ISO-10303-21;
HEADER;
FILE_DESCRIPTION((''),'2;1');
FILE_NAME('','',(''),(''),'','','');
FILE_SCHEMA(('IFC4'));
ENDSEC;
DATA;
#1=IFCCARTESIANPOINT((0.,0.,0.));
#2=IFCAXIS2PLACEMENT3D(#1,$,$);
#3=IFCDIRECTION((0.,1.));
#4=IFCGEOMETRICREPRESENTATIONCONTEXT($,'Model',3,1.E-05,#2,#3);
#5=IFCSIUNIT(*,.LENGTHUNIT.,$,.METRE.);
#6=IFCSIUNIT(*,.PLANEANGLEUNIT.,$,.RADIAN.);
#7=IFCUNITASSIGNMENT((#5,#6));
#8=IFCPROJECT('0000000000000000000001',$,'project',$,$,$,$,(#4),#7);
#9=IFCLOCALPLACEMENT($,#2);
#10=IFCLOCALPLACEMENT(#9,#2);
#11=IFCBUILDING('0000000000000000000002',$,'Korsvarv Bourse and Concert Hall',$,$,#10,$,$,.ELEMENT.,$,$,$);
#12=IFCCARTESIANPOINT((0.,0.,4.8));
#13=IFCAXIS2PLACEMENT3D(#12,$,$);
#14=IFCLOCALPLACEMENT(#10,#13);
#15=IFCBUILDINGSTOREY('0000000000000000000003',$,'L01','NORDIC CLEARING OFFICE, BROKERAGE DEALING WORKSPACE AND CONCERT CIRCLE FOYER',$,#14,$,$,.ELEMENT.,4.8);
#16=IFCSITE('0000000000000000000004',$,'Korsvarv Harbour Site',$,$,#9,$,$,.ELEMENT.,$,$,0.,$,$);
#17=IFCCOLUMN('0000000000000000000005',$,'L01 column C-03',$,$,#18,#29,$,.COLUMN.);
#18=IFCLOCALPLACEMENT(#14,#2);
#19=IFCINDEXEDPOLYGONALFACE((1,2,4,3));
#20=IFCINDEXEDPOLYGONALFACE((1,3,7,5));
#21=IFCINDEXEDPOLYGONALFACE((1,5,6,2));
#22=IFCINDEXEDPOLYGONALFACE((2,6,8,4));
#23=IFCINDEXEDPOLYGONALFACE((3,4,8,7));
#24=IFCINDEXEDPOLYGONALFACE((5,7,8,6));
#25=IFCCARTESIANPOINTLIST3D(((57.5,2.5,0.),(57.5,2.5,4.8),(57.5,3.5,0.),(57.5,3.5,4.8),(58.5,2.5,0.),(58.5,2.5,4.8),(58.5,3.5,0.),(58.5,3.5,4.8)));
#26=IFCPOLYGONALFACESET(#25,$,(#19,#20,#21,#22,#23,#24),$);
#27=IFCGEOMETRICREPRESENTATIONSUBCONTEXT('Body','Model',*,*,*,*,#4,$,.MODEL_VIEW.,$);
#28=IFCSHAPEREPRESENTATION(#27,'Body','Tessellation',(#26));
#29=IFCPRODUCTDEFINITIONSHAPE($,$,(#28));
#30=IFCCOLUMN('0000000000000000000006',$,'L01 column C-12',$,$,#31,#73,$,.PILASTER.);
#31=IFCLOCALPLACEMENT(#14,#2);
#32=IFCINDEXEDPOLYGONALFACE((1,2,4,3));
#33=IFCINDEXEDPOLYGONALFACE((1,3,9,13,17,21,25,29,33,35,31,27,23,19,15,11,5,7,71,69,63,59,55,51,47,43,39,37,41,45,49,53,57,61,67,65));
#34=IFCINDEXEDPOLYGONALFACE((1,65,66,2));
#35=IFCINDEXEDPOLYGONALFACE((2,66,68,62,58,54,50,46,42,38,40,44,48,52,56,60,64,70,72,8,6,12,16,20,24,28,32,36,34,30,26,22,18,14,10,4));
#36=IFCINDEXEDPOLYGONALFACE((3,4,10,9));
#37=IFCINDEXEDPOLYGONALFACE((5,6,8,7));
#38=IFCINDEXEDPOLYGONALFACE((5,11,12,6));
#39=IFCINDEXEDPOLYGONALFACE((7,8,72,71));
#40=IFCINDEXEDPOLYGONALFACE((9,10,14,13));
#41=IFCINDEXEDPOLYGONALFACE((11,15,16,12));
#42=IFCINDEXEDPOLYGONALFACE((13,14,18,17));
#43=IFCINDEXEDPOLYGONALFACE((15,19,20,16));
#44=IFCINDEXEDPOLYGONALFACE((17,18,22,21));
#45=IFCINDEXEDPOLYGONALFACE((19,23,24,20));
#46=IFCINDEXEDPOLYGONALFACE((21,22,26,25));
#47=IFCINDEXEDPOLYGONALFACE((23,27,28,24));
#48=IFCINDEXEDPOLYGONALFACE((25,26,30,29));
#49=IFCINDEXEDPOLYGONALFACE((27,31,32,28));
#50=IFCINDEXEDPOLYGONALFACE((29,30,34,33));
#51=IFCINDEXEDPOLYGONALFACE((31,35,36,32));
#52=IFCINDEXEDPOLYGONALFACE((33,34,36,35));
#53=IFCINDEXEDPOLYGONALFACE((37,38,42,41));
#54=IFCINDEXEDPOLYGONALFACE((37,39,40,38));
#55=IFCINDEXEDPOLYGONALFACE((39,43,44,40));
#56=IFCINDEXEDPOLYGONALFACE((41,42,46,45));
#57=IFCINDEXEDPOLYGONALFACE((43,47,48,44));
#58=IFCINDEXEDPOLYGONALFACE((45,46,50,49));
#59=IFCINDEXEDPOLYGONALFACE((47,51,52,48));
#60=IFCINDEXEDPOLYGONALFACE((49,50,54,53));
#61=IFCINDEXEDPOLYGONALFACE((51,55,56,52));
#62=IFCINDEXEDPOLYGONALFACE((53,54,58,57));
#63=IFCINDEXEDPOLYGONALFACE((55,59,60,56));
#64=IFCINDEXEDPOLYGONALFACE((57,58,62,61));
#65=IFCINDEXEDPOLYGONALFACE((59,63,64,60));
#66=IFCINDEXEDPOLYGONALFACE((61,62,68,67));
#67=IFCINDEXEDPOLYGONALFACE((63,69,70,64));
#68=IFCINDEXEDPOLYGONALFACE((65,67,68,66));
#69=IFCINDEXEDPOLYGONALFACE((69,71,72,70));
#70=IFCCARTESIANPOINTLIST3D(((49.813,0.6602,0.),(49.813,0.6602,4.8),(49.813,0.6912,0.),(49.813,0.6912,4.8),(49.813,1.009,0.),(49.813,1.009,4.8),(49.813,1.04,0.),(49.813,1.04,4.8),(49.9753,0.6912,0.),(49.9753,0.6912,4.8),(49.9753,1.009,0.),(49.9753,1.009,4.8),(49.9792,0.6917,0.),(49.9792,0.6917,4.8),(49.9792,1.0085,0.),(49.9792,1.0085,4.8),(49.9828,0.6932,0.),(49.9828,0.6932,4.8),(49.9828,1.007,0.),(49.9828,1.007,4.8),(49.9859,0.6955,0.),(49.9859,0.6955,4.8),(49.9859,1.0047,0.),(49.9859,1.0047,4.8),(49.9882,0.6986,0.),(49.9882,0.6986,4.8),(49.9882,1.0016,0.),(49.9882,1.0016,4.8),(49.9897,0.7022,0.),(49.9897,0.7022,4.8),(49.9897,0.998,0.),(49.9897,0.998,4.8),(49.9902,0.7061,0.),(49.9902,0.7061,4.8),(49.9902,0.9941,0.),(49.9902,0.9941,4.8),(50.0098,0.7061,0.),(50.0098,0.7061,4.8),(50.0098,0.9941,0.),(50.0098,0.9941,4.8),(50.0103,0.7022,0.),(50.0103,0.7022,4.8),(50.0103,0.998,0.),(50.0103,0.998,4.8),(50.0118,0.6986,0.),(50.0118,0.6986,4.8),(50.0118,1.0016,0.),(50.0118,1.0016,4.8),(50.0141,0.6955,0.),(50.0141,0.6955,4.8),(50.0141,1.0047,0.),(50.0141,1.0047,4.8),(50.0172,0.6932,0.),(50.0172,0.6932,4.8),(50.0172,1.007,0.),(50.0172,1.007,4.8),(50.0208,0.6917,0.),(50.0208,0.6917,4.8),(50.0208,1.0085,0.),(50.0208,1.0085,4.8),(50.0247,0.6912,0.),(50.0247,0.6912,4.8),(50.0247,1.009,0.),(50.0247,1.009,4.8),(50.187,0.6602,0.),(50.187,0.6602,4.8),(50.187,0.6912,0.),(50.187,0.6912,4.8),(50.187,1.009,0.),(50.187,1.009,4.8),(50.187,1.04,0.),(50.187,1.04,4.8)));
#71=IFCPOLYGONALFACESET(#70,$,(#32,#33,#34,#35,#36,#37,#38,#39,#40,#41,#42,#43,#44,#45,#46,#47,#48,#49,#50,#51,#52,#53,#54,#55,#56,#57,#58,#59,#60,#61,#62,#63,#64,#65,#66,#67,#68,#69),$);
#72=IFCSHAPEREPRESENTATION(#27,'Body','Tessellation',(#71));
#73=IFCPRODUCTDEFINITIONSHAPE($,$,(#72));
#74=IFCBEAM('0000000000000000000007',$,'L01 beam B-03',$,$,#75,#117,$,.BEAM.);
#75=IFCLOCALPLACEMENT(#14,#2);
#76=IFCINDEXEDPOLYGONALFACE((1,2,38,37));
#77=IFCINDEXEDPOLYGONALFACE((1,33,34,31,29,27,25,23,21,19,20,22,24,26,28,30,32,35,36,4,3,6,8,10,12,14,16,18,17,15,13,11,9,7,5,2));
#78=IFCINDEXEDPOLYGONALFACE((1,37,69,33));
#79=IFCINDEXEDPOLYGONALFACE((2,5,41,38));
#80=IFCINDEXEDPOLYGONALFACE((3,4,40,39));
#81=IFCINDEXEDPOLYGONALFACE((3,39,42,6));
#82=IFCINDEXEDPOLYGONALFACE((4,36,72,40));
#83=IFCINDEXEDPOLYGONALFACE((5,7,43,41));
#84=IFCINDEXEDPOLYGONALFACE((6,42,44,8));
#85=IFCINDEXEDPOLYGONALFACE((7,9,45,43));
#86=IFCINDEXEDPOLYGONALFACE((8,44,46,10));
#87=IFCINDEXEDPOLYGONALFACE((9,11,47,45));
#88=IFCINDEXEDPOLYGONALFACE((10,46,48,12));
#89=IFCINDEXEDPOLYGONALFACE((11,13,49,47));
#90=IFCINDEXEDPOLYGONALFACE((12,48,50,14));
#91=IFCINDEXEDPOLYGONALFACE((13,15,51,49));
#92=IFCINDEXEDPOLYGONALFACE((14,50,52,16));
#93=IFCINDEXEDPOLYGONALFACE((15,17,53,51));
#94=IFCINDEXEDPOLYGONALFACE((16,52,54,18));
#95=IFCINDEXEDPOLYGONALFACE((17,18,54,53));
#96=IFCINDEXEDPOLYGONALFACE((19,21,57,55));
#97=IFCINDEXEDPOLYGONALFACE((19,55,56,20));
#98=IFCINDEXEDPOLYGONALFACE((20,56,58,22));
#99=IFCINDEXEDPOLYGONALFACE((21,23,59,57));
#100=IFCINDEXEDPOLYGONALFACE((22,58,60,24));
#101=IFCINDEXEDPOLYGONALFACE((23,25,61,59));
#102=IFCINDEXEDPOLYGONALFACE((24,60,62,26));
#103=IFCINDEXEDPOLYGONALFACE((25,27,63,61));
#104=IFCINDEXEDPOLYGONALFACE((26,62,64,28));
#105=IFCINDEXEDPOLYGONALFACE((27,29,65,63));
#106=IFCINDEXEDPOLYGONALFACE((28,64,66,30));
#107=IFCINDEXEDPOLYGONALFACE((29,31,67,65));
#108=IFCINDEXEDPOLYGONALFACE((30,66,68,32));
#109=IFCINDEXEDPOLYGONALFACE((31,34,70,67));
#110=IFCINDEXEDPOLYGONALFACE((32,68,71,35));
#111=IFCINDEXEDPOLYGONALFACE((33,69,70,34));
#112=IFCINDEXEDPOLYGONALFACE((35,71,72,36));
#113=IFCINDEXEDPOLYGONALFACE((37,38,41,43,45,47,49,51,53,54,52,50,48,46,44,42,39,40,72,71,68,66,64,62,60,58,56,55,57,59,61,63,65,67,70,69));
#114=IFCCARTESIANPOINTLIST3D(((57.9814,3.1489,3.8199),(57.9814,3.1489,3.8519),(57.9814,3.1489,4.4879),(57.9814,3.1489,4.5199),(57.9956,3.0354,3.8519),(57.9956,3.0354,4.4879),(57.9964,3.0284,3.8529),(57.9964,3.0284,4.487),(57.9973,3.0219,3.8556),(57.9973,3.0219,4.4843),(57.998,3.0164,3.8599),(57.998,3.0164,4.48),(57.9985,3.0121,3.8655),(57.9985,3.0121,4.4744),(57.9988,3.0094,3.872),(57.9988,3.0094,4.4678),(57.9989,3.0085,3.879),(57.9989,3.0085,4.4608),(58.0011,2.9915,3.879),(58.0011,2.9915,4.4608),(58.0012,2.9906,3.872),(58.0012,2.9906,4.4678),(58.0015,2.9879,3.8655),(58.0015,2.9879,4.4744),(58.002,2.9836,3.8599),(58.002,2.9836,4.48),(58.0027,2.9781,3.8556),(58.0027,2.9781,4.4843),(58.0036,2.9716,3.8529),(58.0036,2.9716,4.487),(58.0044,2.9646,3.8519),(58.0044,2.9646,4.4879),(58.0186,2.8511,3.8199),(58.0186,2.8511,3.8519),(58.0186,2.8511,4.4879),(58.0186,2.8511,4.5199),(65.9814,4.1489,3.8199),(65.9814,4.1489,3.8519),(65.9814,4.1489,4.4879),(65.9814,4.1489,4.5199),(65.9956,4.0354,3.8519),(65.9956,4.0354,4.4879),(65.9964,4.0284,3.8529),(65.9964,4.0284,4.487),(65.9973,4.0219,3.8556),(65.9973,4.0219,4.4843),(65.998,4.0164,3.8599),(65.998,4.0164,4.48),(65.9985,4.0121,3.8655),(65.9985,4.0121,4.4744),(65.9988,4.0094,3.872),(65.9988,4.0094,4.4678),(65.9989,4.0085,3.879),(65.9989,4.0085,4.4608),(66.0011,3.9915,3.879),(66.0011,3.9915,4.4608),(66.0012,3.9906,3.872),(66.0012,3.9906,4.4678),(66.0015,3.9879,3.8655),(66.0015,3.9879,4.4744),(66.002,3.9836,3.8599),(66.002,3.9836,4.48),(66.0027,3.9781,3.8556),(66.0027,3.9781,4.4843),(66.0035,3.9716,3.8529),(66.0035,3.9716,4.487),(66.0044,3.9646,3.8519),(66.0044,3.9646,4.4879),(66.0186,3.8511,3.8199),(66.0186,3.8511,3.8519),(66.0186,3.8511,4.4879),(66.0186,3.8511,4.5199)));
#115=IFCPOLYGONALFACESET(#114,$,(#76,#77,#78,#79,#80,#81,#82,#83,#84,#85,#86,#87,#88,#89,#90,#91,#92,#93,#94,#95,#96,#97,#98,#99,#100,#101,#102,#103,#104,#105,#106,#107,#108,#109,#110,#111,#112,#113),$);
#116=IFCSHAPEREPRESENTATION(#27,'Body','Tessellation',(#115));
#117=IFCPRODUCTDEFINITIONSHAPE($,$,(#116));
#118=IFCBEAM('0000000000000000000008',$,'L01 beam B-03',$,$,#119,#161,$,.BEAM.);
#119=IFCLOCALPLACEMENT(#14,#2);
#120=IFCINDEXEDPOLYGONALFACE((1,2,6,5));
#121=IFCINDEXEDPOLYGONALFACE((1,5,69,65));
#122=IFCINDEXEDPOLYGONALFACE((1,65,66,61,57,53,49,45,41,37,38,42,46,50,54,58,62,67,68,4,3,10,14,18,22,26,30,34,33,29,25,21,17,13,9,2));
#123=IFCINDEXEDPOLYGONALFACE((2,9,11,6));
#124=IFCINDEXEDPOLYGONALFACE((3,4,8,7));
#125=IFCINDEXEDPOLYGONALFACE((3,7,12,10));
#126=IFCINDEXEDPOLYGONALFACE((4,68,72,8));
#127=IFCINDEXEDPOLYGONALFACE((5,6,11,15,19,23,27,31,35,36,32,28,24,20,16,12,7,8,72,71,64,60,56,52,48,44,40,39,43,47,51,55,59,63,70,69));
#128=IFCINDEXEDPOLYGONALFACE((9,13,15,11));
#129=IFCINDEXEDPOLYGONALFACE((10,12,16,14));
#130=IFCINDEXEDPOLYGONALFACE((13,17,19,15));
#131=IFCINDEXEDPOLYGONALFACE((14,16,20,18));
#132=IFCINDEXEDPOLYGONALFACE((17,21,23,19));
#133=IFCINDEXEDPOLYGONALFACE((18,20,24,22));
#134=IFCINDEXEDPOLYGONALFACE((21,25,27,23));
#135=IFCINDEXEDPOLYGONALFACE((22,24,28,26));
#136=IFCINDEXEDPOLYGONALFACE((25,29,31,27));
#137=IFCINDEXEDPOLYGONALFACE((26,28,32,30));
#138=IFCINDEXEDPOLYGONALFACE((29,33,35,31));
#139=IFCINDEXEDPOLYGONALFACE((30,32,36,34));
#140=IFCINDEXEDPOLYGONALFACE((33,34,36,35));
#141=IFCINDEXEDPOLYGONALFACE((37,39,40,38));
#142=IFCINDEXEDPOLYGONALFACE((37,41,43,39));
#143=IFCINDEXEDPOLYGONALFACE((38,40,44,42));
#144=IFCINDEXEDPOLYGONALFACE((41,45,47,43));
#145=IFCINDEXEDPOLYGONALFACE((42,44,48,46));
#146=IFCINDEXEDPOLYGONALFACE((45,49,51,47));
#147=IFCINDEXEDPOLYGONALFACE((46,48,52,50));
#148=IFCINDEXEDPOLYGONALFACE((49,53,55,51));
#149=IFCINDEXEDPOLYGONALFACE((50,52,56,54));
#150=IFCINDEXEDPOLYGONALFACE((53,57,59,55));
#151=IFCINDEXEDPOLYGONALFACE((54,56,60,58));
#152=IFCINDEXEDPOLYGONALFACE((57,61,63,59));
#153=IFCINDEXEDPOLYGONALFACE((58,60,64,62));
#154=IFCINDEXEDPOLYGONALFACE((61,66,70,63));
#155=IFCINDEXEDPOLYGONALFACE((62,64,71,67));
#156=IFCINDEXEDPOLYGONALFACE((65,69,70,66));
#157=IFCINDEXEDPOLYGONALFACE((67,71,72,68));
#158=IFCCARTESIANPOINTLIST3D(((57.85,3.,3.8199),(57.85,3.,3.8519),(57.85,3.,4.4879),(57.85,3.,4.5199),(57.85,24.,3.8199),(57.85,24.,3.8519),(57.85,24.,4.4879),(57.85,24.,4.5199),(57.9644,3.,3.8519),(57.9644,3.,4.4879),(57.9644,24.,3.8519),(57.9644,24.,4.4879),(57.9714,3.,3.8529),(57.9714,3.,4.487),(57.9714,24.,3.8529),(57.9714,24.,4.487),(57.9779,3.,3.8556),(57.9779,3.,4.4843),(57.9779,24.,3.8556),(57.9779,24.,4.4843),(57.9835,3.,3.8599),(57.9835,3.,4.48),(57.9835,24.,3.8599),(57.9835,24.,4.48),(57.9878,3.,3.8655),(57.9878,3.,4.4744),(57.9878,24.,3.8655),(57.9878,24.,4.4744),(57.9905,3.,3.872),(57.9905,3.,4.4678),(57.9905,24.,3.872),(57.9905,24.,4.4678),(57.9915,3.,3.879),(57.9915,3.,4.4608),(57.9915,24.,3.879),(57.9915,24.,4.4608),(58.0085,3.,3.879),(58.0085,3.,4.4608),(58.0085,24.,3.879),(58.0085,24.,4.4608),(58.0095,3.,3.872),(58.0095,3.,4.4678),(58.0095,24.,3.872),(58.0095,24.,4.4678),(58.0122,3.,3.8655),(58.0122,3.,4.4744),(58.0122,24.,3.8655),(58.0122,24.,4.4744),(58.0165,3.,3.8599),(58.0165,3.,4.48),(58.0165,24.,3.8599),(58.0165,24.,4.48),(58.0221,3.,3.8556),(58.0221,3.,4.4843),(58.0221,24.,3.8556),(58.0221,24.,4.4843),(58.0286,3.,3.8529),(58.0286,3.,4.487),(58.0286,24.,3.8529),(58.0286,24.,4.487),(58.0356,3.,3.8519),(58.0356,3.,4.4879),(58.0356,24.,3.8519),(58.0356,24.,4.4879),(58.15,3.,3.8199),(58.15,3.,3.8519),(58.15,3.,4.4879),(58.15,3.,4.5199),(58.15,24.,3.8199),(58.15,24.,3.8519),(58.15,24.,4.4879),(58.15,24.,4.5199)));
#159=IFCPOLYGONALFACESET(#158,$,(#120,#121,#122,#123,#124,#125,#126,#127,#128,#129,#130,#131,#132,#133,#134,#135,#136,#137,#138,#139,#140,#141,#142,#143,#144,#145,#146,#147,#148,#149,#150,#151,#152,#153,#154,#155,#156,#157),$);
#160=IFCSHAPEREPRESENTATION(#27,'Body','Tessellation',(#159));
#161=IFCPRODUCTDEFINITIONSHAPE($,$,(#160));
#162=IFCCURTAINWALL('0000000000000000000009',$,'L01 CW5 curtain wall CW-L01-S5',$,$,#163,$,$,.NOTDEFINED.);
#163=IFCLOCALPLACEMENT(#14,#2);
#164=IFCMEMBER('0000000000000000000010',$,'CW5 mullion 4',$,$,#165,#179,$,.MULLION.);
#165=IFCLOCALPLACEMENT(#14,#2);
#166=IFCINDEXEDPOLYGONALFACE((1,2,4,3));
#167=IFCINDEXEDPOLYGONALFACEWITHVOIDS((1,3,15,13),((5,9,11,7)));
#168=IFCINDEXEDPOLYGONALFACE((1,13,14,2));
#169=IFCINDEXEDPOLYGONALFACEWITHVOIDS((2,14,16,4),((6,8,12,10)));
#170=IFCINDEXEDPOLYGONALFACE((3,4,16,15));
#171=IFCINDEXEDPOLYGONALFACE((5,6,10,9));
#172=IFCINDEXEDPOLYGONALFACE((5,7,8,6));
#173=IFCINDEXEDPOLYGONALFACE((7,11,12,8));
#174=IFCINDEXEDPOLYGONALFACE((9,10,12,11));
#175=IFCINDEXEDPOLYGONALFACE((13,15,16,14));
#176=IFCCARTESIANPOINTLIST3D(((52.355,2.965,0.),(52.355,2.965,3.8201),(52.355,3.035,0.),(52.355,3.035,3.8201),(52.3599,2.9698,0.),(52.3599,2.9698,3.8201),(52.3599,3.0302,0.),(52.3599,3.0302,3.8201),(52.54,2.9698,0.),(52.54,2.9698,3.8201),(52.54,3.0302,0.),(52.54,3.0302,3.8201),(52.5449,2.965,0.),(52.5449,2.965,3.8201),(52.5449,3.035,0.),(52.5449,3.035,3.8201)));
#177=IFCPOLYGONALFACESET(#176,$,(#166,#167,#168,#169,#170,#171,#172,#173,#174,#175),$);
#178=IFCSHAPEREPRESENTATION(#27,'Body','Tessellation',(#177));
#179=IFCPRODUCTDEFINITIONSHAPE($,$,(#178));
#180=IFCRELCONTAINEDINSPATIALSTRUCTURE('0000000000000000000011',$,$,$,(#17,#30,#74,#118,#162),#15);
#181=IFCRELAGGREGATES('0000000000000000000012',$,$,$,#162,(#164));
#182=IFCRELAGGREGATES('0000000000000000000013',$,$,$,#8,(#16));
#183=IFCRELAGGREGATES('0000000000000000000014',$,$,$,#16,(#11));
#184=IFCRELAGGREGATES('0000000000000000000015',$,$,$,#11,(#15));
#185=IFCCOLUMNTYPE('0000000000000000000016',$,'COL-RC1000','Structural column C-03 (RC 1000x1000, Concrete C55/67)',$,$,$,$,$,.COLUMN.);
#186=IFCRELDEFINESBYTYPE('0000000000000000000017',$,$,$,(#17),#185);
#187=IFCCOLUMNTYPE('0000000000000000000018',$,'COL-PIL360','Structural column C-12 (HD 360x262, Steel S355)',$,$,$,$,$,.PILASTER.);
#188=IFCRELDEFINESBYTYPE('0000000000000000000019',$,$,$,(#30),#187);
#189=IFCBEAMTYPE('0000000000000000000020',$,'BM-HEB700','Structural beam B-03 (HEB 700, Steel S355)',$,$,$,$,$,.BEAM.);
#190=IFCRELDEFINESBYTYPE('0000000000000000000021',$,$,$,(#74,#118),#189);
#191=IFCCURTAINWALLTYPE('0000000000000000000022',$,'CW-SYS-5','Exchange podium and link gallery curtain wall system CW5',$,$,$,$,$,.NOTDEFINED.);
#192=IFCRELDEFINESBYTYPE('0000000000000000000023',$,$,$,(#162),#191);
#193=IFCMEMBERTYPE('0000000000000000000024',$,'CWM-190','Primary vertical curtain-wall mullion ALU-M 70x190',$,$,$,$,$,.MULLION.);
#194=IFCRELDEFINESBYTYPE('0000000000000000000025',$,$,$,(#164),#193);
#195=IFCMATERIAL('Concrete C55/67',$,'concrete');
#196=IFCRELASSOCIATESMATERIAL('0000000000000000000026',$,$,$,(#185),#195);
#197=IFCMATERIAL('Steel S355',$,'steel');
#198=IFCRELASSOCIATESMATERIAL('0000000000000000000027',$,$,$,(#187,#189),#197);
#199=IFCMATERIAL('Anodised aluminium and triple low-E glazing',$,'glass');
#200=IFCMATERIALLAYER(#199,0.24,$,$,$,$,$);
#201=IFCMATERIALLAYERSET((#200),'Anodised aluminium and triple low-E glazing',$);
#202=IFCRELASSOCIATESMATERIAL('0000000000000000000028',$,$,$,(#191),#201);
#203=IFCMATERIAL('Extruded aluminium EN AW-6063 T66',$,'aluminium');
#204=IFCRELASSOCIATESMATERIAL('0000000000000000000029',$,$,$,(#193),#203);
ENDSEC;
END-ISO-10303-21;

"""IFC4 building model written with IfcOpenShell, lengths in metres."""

from ifc_helpers import new_model, si_unit, direction, frame, origin, origin_2d, place, context, subcontext, project, spatial, rectangle, hollow_rectangle, i_section, extrude, source, transform, mapped, material, layer, layer_set, material_profile, profile_set, type_object, element, aggregate, save


model = new_model("IFC4")

# Units and contexts
model_context = context("Model", 3, precision=1e-05, world=origin(), true_north=direction((0.0, 1.0)))
body_context = subcontext(model_context, "Body", "Model", "MODEL_VIEW")
ifc_project = project(units=[si_unit("LENGTHUNIT", "METRE"), si_unit("PLANEANGLEUNIT", "RADIAN")], contexts=[model_context])

# Site, building, storey
site_placement = place(None, origin())
site = spatial("IfcSite", under=ifc_project, at=site_placement, Name="Korsvarv Harbour Site", CompositionType="ELEMENT", RefElevation=0.0)
building_placement = place(site_placement, origin())
building = spatial("IfcBuilding", under=site, at=building_placement, Name="Korsvarv Bourse and Concert Hall", CompositionType="ELEMENT")
storey_placement = place(building_placement, frame((0.0, 0.0, 4.8)))
storey = spatial("IfcBuildingStorey", under=building, at=storey_placement, Name="L01", Description="NORDIC CLEARING OFFICE, BROKERAGE DEALING WORKSPACE AND CONCERT CIRCLE FOYER", CompositionType="ELEMENT", Elevation=4.8)

# Columns
ifc_material_1 = material(Name="Concrete C55/67", Category="concrete")
ifc_material_profile_1 = material_profile(ifc_material_1, rectangle(XDim=1.0, YDim=1.0, at=origin_2d()), Name="RC 1000x1000")
ifc_profile_set_1 = profile_set([ifc_material_profile_1], Name="Concrete C55/67")
column_type_1 = type_object("IfcColumnType", Name="COL-RC1000", Description="Structural column C-03 (RC 1000x1000, Concrete C55/67)", PredefinedType="COLUMN", material=ifc_profile_set_1)
shared_shape_1 = source(origin(), body_context, "Body", "SweptSolid", [
    extrude(rectangle(XDim=1.0, YDim=1.0, at=origin_2d()), origin(), (0.0, 0.0, 1.0), 4.8),
])
column_1_placement = place(storey_placement, frame((58.0, 3.0, 0.0), z_axis=(0.0, 0.0, 1.0), x_axis=(1.0, 0.0, 0.0)))
element("IfcColumn", 1, at=column_1_placement, inside=storey, type_object=column_type_1, Name="L01 column C-03", PredefinedType="COLUMN", context=body_context, shape_type="MappedRepresentation", body=[
    mapped(shared_shape_1, transform((0.0, 0.0, 0.0), scale=1.0)),
])
ifc_material_2 = material(Name="Steel S355", Category="steel")
ifc_material_profile_2 = material_profile(ifc_material_2, i_section(OverallWidth=0.374, OverallDepth=0.3799, WebThickness=0.0195, FlangeThickness=0.031, FilletRadius=0.0149, at=origin_2d()), Name="HD 360x262")
ifc_profile_set_2 = profile_set([ifc_material_profile_2], Name="Steel S355")
column_type_2 = type_object("IfcColumnType", Name="COL-PIL360", Description="Structural column C-12 (HD 360x262, Steel S355)", PredefinedType="PILASTER", material=ifc_profile_set_2)
shared_shape_2 = source(origin(), body_context, "Body", "SweptSolid", [
    extrude(i_section(OverallWidth=0.374, OverallDepth=0.3799, WebThickness=0.0195, FlangeThickness=0.031, FilletRadius=0.0149, at=origin_2d()), origin(), (0.0, 0.0, 1.0), 4.8),
])
column_2_placement = place(storey_placement, frame((50.0, 0.8501, 0.0), z_axis=(0.0, 0.0, 1.0), x_axis=(1.0, 0.0, 0.0)))
element("IfcColumn", 2, at=column_2_placement, inside=storey, type_object=column_type_2, Name="L01 column C-12", PredefinedType="PILASTER", context=body_context, shape_type="MappedRepresentation", body=[
    mapped(shared_shape_2, transform((0.0, 0.0, 0.0), scale=1.0)),
])

# Beams
ifc_material_profile_3 = material_profile(ifc_material_2, i_section(OverallWidth=0.3, OverallDepth=0.7, WebThickness=0.0171, FlangeThickness=0.032, FilletRadius=0.0271, at=origin_2d()), Name="HEB 700")
ifc_profile_set_3 = profile_set([ifc_material_profile_3], Name="Steel S355")
beam_type = type_object("IfcBeamType", Name="BM-HEB700", Description="Structural beam B-03 (HEB 700, Steel S355)", PredefinedType="BEAM", material=ifc_profile_set_3)
shared_shape_3 = source(origin(), body_context, "Body", "SweptSolid", [
    extrude(i_section(OverallWidth=0.3, OverallDepth=0.7, WebThickness=0.0171, FlangeThickness=0.032, FilletRadius=0.0271, at=origin_2d()), origin(), (0.0, 0.0, 1.0), 8.0623),
])
beam_1_placement = place(storey_placement, frame((58.0, 3.0, 4.1699), z_axis=(0.992278, 0.124035, 0.0), x_axis=(-0.124035, 0.992278, 0.0)))
element("IfcBeam", 3, at=beam_1_placement, inside=storey, type_object=beam_type, Name="L01 beam B-03", PredefinedType="BEAM", context=body_context, shape_type="MappedRepresentation", body=[
    mapped(shared_shape_3, transform((0.0, 0.0, 0.0), scale=1.0)),
])
shared_shape_4 = source(origin(), body_context, "Body", "SweptSolid", [
    extrude(i_section(OverallWidth=0.3, OverallDepth=0.7, WebThickness=0.0171, FlangeThickness=0.032, FilletRadius=0.0271, at=origin_2d()), origin(), (0.0, 0.0, 1.0), 21.0),
])
beam_2_placement = place(storey_placement, frame((58.0, 3.0, 4.1699), z_axis=(0.0, 1.0, 0.0), x_axis=(-1.0, 0.0, 0.0)))
element("IfcBeam", 4, at=beam_2_placement, inside=storey, type_object=beam_type, Name="L01 beam B-03", PredefinedType="BEAM", context=body_context, shape_type="MappedRepresentation", body=[
    mapped(shared_shape_4, transform((0.0, 0.0, 0.0), scale=1.0)),
])

# Curtain wall, member
ifc_material_3 = material(Name="Anodised aluminium and triple low-E glazing", Category="glass")
ifc_layer_1 = layer(ifc_material_3, 0.24)
ifc_layer_set_1 = layer_set([ifc_layer_1], Name="Anodised aluminium and triple low-E glazing")
curtain_wall_type = type_object("IfcCurtainWallType", Name="CW-SYS-5", Description="Exchange podium and link gallery curtain wall system CW5", PredefinedType="NOTDEFINED", material=ifc_layer_set_1)
curtain_wall_placement = place(storey_placement, origin())
curtain_wall = element("IfcCurtainWall", 5, at=curtain_wall_placement, inside=storey, type_object=curtain_wall_type, Name="L01 CW5 curtain wall CW-L01-S5", PredefinedType="NOTDEFINED")
ifc_material_4 = material(Name="Extruded aluminium EN AW-6063 T66", Category="aluminium")
ifc_material_profile_4 = material_profile(ifc_material_4, hollow_rectangle(XDim=0.0701, YDim=0.1899, WallThickness=0.0049, at=origin_2d()), Name="ALU-M 70x190")
ifc_profile_set_4 = profile_set([ifc_material_profile_4], Name="Extruded aluminium EN AW-6063 T66")
member_type_1 = type_object("IfcMemberType", Name="CWM-190", Description="Primary vertical curtain-wall mullion ALU-M 70x190", PredefinedType="MULLION", material=ifc_profile_set_4)
shared_shape_5 = source(origin(), body_context, "Body", "SweptSolid", [
    extrude(hollow_rectangle(XDim=0.0701, YDim=0.1899, WallThickness=0.0049, at=origin_2d()), origin(), (0.0, 0.0, 1.0), 3.8201),
])
member_1_placement = place(storey_placement, frame((52.45, 3.0, 0.0), z_axis=(0.0, 0.0, 1.0), x_axis=(0.0, 1.0, 0.0)))
member_1 = element("IfcMember", 6, at=member_1_placement, type_object=member_type_1, Name="CW5 mullion 4", PredefinedType="MULLION", context=body_context, shape_type="MappedRepresentation", body=[
    mapped(shared_shape_5, transform((0.0, 0.0, 0.0), scale=1.0)),
])
aggregate(curtain_wall, [member_1])

save(model, "model.ifc")
